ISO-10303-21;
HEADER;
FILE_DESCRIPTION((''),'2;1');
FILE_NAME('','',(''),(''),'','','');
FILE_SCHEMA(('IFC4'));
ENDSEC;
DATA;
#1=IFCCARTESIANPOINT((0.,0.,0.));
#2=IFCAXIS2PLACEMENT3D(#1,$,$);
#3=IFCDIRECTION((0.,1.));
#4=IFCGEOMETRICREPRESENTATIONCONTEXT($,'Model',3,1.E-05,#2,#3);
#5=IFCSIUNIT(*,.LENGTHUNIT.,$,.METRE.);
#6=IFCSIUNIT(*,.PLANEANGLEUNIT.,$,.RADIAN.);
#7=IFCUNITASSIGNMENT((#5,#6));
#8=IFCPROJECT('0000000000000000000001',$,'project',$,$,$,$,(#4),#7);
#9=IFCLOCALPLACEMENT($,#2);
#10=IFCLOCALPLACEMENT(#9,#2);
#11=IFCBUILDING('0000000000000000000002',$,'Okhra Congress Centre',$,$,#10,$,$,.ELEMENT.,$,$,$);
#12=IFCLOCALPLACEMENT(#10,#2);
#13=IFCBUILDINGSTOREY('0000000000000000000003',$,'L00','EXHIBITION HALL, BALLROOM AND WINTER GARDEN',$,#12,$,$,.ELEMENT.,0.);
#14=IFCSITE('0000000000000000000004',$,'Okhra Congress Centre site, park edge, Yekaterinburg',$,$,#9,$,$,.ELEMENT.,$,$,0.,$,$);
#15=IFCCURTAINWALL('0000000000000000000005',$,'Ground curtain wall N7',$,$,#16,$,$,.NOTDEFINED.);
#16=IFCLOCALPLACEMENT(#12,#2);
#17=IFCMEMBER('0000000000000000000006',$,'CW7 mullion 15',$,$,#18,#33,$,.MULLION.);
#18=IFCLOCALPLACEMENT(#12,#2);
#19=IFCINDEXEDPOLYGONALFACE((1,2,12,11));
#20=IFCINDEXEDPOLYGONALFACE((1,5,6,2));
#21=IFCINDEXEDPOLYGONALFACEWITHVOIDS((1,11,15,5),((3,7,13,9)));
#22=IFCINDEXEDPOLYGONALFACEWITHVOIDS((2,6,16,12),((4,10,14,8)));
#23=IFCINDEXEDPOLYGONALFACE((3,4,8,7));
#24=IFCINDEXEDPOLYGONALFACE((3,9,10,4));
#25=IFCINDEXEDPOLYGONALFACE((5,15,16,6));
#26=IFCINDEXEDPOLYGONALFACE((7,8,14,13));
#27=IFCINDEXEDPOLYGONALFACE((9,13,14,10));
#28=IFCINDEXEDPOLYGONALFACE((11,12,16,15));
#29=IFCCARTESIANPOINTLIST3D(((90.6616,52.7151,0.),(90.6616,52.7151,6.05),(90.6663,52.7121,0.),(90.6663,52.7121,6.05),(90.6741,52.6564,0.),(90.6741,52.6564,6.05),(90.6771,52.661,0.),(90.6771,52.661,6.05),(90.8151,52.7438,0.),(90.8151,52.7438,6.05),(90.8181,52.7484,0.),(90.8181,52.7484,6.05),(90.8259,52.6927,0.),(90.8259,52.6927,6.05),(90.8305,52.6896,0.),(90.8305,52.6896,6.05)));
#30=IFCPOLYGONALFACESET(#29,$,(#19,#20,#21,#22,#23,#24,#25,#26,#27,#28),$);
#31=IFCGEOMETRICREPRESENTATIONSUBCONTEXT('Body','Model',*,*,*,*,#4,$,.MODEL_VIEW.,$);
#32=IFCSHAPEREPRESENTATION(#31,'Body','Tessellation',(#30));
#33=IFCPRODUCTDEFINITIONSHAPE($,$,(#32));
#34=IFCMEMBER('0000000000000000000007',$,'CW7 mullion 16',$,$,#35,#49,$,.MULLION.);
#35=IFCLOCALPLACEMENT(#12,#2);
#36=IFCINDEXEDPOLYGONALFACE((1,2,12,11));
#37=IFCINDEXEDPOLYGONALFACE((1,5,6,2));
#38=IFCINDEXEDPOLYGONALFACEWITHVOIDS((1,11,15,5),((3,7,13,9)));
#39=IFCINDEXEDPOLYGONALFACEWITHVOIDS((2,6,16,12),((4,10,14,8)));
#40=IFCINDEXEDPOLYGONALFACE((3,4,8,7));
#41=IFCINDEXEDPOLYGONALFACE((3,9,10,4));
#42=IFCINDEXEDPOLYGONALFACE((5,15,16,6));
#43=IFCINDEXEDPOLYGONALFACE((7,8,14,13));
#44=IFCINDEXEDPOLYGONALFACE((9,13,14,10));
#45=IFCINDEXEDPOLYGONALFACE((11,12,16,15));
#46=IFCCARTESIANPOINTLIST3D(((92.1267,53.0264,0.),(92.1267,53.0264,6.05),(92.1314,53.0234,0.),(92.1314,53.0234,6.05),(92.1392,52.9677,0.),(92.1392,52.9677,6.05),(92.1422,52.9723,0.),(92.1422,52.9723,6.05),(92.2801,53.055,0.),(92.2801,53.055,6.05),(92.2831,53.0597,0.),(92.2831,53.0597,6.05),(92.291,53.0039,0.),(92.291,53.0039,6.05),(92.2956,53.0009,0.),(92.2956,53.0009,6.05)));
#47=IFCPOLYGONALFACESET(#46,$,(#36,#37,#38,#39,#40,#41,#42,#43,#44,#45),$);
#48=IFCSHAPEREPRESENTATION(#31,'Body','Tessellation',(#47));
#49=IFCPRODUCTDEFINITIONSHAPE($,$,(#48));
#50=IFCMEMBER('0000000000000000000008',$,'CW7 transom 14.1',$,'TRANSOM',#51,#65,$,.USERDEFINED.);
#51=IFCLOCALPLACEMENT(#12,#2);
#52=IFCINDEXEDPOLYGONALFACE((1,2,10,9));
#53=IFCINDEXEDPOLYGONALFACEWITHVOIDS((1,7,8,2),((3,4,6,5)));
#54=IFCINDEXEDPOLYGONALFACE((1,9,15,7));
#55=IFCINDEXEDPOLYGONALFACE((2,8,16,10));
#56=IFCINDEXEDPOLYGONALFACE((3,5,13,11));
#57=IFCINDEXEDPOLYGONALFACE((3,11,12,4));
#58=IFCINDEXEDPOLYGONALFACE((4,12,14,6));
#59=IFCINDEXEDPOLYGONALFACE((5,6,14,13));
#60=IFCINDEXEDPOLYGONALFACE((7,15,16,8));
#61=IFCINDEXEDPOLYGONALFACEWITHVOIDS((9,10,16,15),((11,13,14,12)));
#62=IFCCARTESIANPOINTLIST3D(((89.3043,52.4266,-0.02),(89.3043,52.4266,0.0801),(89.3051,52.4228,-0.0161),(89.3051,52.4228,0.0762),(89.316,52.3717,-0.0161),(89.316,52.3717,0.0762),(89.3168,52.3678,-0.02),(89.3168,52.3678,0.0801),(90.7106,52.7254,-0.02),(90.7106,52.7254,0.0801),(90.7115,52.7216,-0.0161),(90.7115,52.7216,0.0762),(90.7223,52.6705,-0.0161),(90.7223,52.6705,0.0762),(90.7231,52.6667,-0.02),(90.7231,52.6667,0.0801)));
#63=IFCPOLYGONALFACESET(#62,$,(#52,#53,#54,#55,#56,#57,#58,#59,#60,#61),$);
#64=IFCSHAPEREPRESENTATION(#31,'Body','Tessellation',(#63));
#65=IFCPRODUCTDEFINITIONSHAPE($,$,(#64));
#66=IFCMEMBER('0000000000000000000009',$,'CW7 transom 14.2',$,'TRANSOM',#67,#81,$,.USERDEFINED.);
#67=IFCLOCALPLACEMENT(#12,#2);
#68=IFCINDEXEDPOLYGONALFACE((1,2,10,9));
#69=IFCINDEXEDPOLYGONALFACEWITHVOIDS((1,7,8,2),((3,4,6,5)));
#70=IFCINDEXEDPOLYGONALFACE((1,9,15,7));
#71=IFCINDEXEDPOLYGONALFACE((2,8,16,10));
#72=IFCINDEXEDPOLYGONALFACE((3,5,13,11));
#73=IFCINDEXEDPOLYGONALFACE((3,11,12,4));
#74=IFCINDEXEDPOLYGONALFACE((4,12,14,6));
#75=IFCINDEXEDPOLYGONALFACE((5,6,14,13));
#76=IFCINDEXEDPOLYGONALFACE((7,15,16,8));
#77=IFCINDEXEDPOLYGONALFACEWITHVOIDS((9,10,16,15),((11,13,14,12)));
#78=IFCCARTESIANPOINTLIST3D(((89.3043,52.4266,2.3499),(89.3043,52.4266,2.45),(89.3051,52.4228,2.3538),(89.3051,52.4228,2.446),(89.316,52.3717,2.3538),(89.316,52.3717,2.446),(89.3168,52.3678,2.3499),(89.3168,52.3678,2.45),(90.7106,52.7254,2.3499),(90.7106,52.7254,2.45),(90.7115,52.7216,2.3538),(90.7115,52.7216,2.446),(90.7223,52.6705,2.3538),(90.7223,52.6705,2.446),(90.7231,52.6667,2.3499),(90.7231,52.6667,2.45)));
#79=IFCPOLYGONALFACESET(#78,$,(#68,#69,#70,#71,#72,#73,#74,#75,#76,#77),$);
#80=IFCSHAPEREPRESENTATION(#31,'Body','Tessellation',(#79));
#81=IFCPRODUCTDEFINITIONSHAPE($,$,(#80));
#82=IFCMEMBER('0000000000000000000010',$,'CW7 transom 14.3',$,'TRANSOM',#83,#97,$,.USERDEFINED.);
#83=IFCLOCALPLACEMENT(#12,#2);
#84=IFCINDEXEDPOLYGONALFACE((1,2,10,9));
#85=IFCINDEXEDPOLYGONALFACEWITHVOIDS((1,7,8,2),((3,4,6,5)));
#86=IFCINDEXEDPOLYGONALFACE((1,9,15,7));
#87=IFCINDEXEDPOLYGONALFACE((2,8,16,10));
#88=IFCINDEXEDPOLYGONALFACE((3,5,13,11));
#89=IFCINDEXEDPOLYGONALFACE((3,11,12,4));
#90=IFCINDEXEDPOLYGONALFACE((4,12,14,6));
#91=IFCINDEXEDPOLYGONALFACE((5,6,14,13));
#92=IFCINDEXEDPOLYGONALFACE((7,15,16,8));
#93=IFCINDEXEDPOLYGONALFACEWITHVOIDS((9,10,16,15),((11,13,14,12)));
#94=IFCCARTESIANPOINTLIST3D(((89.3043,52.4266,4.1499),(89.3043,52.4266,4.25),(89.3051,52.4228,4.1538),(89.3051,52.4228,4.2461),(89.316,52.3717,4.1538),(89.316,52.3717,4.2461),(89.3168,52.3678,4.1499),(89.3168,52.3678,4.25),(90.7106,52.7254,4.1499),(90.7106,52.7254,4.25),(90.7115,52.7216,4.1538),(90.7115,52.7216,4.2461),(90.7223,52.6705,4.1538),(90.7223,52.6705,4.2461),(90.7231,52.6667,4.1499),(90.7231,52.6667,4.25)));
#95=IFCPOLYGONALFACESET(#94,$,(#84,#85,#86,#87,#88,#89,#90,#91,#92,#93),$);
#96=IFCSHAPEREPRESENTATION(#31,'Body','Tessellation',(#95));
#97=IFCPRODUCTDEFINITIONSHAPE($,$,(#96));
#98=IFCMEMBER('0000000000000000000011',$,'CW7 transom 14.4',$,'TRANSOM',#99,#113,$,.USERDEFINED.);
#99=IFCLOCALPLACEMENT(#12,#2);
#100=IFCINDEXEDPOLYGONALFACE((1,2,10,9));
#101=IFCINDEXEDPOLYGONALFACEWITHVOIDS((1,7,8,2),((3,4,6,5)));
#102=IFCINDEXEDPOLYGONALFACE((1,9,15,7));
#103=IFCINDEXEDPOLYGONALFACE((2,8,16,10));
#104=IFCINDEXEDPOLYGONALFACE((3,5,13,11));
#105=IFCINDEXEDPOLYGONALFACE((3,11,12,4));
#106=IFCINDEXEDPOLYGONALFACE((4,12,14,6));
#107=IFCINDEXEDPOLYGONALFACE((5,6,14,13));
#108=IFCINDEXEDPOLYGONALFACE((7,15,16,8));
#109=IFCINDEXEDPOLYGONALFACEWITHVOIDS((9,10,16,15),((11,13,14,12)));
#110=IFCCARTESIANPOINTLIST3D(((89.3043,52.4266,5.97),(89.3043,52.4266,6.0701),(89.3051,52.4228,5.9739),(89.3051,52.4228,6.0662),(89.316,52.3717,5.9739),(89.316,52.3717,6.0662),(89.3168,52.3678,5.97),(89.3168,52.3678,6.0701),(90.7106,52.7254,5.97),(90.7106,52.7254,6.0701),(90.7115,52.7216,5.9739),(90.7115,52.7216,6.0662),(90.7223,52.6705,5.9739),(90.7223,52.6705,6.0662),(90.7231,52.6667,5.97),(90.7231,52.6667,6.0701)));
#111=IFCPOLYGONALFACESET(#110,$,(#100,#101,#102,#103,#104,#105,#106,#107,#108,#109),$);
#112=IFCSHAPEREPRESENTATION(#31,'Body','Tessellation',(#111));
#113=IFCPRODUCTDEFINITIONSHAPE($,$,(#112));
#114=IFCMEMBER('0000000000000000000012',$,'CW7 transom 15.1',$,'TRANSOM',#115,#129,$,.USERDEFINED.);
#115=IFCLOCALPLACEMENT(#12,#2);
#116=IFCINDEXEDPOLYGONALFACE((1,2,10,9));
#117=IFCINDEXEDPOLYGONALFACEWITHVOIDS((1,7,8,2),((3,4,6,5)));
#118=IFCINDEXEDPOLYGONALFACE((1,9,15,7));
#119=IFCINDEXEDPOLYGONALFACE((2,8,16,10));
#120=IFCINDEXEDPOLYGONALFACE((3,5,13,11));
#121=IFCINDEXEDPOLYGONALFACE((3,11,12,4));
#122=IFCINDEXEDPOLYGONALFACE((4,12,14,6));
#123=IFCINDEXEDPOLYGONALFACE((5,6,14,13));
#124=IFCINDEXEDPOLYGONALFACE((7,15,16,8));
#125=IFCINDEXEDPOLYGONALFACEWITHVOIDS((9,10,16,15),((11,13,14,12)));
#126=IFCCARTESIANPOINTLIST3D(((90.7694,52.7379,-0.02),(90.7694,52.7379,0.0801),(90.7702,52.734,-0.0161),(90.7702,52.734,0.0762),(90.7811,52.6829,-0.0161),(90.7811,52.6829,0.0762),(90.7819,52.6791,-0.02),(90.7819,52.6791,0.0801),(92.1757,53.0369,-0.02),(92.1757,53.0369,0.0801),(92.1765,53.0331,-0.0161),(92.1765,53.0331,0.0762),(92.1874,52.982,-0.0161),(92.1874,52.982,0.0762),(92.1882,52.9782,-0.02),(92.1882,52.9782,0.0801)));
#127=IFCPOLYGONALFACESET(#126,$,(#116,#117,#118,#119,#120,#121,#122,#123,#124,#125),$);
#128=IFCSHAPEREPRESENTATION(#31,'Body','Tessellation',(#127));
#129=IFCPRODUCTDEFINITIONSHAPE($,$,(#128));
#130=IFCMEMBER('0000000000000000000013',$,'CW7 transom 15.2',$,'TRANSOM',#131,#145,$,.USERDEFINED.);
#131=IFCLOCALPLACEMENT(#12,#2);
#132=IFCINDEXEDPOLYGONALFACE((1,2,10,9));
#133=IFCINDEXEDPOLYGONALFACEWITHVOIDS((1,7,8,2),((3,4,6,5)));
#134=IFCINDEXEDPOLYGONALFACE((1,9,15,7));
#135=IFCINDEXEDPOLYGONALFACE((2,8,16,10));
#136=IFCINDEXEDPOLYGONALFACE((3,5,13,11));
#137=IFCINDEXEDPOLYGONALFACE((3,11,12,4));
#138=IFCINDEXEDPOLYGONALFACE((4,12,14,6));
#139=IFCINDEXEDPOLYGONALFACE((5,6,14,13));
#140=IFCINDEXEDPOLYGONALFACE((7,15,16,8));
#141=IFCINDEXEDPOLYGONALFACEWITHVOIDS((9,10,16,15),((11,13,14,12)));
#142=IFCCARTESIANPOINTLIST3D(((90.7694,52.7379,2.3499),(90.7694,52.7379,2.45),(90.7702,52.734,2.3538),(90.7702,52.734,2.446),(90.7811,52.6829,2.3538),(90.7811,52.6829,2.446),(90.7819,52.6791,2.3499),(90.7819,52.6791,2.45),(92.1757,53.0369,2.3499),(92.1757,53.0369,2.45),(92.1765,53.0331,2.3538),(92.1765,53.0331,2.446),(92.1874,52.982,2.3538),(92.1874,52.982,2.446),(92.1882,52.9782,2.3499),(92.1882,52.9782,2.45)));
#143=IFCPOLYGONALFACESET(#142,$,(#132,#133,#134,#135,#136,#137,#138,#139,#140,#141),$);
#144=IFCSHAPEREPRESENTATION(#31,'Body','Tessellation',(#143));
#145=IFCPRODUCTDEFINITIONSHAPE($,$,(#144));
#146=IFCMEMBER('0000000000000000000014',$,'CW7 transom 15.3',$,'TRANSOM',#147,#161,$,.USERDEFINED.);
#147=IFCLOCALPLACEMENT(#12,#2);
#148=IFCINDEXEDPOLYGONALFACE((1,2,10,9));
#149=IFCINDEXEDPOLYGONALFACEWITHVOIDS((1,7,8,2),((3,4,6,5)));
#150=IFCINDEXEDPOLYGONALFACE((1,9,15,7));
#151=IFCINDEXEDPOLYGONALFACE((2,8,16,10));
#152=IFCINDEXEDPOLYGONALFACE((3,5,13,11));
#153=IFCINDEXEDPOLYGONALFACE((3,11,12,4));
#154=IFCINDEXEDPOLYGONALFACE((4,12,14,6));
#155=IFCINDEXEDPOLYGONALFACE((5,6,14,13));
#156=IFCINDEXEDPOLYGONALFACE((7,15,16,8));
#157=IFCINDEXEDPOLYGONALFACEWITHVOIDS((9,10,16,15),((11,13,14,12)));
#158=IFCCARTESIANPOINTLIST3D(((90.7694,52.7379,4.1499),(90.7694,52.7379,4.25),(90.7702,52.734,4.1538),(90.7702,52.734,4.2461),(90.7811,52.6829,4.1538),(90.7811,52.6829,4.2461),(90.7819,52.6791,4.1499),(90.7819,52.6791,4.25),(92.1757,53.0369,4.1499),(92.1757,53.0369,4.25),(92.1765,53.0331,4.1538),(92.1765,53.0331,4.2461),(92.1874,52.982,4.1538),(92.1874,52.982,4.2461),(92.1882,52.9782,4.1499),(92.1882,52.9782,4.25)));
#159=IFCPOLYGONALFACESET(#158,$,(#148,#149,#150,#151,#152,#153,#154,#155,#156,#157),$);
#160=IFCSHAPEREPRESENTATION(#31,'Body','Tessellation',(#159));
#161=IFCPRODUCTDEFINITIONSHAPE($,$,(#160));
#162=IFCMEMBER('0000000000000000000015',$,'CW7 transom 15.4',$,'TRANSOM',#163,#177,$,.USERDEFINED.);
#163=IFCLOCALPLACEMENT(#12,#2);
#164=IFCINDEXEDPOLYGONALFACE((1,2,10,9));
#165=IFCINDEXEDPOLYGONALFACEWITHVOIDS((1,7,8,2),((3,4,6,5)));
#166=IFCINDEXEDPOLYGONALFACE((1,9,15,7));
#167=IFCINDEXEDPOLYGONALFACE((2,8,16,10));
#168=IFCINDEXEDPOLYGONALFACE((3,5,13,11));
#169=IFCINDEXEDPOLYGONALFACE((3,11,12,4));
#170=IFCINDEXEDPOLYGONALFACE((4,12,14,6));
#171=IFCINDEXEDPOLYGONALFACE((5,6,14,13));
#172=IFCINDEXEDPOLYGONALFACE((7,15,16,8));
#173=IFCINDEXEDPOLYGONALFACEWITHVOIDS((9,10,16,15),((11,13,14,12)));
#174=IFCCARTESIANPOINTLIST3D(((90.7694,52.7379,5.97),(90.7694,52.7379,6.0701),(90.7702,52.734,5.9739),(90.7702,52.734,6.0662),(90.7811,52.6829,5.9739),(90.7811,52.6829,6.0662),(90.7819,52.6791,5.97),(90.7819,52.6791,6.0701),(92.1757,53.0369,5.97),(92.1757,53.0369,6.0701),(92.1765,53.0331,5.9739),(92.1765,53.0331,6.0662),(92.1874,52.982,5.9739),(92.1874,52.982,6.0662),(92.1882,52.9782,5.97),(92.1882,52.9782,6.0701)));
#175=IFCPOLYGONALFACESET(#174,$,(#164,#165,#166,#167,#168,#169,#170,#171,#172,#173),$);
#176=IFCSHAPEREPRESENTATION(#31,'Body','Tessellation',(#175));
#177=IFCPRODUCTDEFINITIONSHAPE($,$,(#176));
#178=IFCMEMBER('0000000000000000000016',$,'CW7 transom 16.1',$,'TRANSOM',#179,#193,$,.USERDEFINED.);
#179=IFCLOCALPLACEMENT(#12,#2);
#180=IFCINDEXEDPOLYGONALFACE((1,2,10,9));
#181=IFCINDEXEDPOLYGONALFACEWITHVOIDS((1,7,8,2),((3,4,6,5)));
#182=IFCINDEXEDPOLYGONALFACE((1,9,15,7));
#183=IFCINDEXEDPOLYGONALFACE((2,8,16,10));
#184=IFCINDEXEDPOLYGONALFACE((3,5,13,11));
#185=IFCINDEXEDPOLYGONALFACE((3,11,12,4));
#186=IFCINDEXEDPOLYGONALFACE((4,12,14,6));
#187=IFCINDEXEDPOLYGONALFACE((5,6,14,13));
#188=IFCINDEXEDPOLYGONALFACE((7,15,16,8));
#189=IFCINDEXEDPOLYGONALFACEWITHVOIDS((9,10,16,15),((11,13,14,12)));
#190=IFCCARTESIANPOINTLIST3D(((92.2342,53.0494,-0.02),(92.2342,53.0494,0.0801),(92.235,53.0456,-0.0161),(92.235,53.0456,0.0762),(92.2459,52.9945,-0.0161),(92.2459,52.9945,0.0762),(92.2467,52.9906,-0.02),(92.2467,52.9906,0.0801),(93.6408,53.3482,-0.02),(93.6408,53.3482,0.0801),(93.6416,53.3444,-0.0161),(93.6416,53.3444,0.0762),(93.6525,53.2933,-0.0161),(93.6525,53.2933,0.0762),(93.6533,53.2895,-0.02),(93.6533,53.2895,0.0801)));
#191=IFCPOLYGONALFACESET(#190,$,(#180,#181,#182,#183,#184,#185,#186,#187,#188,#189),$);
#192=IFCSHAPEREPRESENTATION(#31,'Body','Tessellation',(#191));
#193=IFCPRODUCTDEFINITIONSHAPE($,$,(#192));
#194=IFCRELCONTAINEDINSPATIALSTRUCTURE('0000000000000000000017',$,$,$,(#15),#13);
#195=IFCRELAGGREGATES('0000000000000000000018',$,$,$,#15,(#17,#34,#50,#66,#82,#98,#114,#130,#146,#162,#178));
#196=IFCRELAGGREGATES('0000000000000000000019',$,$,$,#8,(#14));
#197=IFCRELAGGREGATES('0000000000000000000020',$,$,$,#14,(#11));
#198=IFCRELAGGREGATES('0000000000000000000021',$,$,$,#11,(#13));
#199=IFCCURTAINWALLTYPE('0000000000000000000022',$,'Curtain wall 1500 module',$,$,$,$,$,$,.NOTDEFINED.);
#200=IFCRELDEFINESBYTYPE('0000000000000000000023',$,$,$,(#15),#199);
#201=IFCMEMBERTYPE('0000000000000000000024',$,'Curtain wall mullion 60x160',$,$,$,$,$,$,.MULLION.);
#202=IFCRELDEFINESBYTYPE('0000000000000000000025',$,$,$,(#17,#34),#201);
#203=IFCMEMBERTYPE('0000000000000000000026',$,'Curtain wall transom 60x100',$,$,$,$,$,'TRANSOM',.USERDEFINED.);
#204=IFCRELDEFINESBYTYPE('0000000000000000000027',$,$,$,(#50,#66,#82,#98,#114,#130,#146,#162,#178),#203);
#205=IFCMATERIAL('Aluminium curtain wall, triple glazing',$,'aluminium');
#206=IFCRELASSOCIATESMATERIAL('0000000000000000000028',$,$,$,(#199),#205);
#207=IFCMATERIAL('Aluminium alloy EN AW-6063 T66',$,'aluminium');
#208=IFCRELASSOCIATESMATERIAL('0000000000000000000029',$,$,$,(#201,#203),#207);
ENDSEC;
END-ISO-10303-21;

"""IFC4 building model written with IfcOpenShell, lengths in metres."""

from ifc_helpers import new_model, si_unit, direction, frame, origin, origin_2d, place, context, subcontext, project, spatial, hollow_rectangle, extrude, material, material_profile, profile_set, type_object, element, aggregate, save


model = new_model("IFC4")

# Units and contexts
model_context = context("Model", 3, precision=1e-05, world=origin(), true_north=direction((0.0, 1.0)))
body_context = subcontext(model_context, "Body", "Model", "MODEL_VIEW")
ifc_project = project(units=[si_unit("LENGTHUNIT", "METRE"), si_unit("PLANEANGLEUNIT", "RADIAN")], contexts=[model_context])

# Site, building, storey
site_placement = place(None, origin())
site = spatial("IfcSite", under=ifc_project, at=site_placement, Name="Okhra Congress Centre site, park edge, Yekaterinburg", CompositionType="ELEMENT", RefElevation=0.0)
building_placement = place(site_placement, origin())
building = spatial("IfcBuilding", under=site, at=building_placement, Name="Okhra Congress Centre", CompositionType="ELEMENT")
storey_placement = place(building_placement, origin())
storey = spatial("IfcBuildingStorey", under=building, at=storey_placement, Name="L00", Description="EXHIBITION HALL, BALLROOM AND WINTER GARDEN", CompositionType="ELEMENT", Elevation=0.0)

# Curtain wall, members
ifc_material_1 = material(Name="Aluminium curtain wall, triple glazing", Category="aluminium")
curtain_wall_type = type_object("IfcCurtainWallType", Name="Curtain wall 1500 module", PredefinedType="NOTDEFINED", material=ifc_material_1)
curtain_wall_placement = place(storey_placement, origin())
curtain_wall = element("IfcCurtainWall", 1, at=curtain_wall_placement, inside=storey, type_object=curtain_wall_type, Name="Ground curtain wall N7", PredefinedType="NOTDEFINED")
ifc_material_2 = material(Name="Aluminium alloy EN AW-6063 T66", Category="aluminium")
ifc_material_profile_1 = material_profile(ifc_material_2, hollow_rectangle(XDim=0.0601, YDim=0.1599, WallThickness=0.0039, at=origin_2d()), Name="RHS 60x160x4")
ifc_profile_set_1 = profile_set([ifc_material_profile_1], Name="Aluminium alloy EN AW-6063 T66")
member_type_1 = type_object("IfcMemberType", Name="Curtain wall mullion 60x160", PredefinedType="MULLION", material=ifc_profile_set_1)
member_1_placement = place(storey_placement, frame((90.7461, 52.7024, 0.0), z_axis=(0.0, 0.0, 1.0), x_axis=(-0.207912, 0.978148, 0.0)))
member_1 = element("IfcMember", 2, at=member_1_placement, type_object=member_type_1, Name="CW7 mullion 15", PredefinedType="MULLION", context=body_context, shape_type="SweptSolid", body=[
    extrude(hollow_rectangle(XDim=0.0601, YDim=0.1599, WallThickness=0.0039, at=origin_2d()), origin(), (0.0, 0.0, 1.0), 6.05),
])
member_2_placement = place(storey_placement, frame((92.2112, 53.0137, 0.0), z_axis=(0.0, 0.0, 1.0), x_axis=(-0.207912, 0.978148, 0.0)))
member_2 = element("IfcMember", 3, at=member_2_placement, type_object=member_type_1, Name="CW7 mullion 16", PredefinedType="MULLION", context=body_context, shape_type="SweptSolid", body=[
    extrude(hollow_rectangle(XDim=0.0601, YDim=0.1599, WallThickness=0.0039, at=origin_2d()), origin(), (0.0, 0.0, 1.0), 6.05),
])
ifc_material_profile_2 = material_profile(ifc_material_2, hollow_rectangle(XDim=0.0601, YDim=0.1001, WallThickness=0.0039, at=origin_2d()), Name="RHS 60x100x4")
ifc_profile_set_2 = profile_set([ifc_material_profile_2], Name="Aluminium alloy EN AW-6063 T66")
member_type_2 = type_object("IfcMemberType", Name="Curtain wall transom 60x100", ElementType="TRANSOM", PredefinedType="USERDEFINED", material=ifc_profile_set_2)
member_3_placement = place(storey_placement, frame((89.3105, 52.3972, 0.03), z_axis=(0.978159, 0.207859, 0.0), x_axis=(-0.207859, 0.978159, 0.0)))
member_3 = element("IfcMember", 4, at=member_3_placement, type_object=member_type_2, Name="CW7 transom 14.1", ObjectType="TRANSOM", PredefinedType="USERDEFINED", context=body_context, shape_type="SweptSolid", body=[
    extrude(hollow_rectangle(XDim=0.0601, YDim=0.1001, WallThickness=0.0039, at=origin_2d()), origin(), (0.0, 0.0, 1.0), 1.4377),
])
member_4_placement = place(storey_placement, frame((89.3105, 52.3972, 2.3999), z_axis=(0.978159, 0.207859, 0.0), x_axis=(-0.207859, 0.978159, 0.0)))
member_4 = element("IfcMember", 5, at=member_4_placement, type_object=member_type_2, Name="CW7 transom 14.2", ObjectType="TRANSOM", PredefinedType="USERDEFINED", context=body_context, shape_type="SweptSolid", body=[
    extrude(hollow_rectangle(XDim=0.0601, YDim=0.1001, WallThickness=0.0039, at=origin_2d()), origin(), (0.0, 0.0, 1.0), 1.4377),
])
member_5_placement = place(storey_placement, frame((89.3105, 52.3972, 4.2), z_axis=(0.978159, 0.207859, 0.0), x_axis=(-0.207859, 0.978159, 0.0)))
member_5 = element("IfcMember", 6, at=member_5_placement, type_object=member_type_2, Name="CW7 transom 14.3", ObjectType="TRANSOM", PredefinedType="USERDEFINED", context=body_context, shape_type="SweptSolid", body=[
    extrude(hollow_rectangle(XDim=0.0601, YDim=0.1001, WallThickness=0.0039, at=origin_2d()), origin(), (0.0, 0.0, 1.0), 1.4377),
])
member_6_placement = place(storey_placement, frame((89.3105, 52.3972, 6.02), z_axis=(0.978159, 0.207859, 0.0), x_axis=(-0.207859, 0.978159, 0.0)))
member_6 = element("IfcMember", 7, at=member_6_placement, type_object=member_type_2, Name="CW7 transom 14.4", ObjectType="TRANSOM", PredefinedType="USERDEFINED", context=body_context, shape_type="SweptSolid", body=[
    extrude(hollow_rectangle(XDim=0.0601, YDim=0.1001, WallThickness=0.0039, at=origin_2d()), origin(), (0.0, 0.0, 1.0), 1.4377),
])
member_7_placement = place(storey_placement, frame((90.7756, 52.7085, 0.03), z_axis=(0.978124, 0.208021, 0.0), x_axis=(-0.208021, 0.978124, 0.0)))
member_7 = element("IfcMember", 8, at=member_7_placement, type_object=member_type_2, Name="CW7 transom 15.1", ObjectType="TRANSOM", PredefinedType="USERDEFINED", context=body_context, shape_type="SweptSolid", body=[
    extrude(hollow_rectangle(XDim=0.0601, YDim=0.1001, WallThickness=0.0039, at=origin_2d()), origin(), (0.0, 0.0, 1.0), 1.4377),
])
member_8_placement = place(storey_placement, frame((90.7756, 52.7085, 2.3999), z_axis=(0.978124, 0.208021, 0.0), x_axis=(-0.208021, 0.978124, 0.0)))
member_8 = element("IfcMember", 9, at=member_8_placement, type_object=member_type_2, Name="CW7 transom 15.2", ObjectType="TRANSOM", PredefinedType="USERDEFINED", context=body_context, shape_type="SweptSolid", body=[
    extrude(hollow_rectangle(XDim=0.0601, YDim=0.1001, WallThickness=0.0039, at=origin_2d()), origin(), (0.0, 0.0, 1.0), 1.4377),
])
member_9_placement = place(storey_placement, frame((90.7756, 52.7085, 4.2), z_axis=(0.978124, 0.208021, 0.0), x_axis=(-0.208021, 0.978124, 0.0)))
member_9 = element("IfcMember", 10, at=member_9_placement, type_object=member_type_2, Name="CW7 transom 15.3", ObjectType="TRANSOM", PredefinedType="USERDEFINED", context=body_context, shape_type="SweptSolid", body=[
    extrude(hollow_rectangle(XDim=0.0601, YDim=0.1001, WallThickness=0.0039, at=origin_2d()), origin(), (0.0, 0.0, 1.0), 1.4377),
])
member_10_placement = place(storey_placement, frame((90.7756, 52.7085, 6.02), z_axis=(0.978124, 0.208021, 0.0), x_axis=(-0.208021, 0.978124, 0.0)))
member_10 = element("IfcMember", 11, at=member_10_placement, type_object=member_type_2, Name="CW7 transom 15.4", ObjectType="TRANSOM", PredefinedType="USERDEFINED", context=body_context, shape_type="SweptSolid", body=[
    extrude(hollow_rectangle(XDim=0.0601, YDim=0.1001, WallThickness=0.0039, at=origin_2d()), origin(), (0.0, 0.0, 1.0), 1.4377),
])
member_11_placement = place(storey_placement, frame((92.2405, 53.02, 0.03), z_axis=(0.978166, 0.207824, 0.0), x_axis=(-0.207824, 0.978166, 0.0)))
member_11 = element("IfcMember", 12, at=member_11_placement, type_object=member_type_2, Name="CW7 transom 16.1", ObjectType="TRANSOM", PredefinedType="USERDEFINED", context=body_context, shape_type="SweptSolid", body=[
    extrude(hollow_rectangle(XDim=0.0601, YDim=0.1001, WallThickness=0.0039, at=origin_2d()), origin(), (0.0, 0.0, 1.0), 1.438),
])
aggregate(curtain_wall, [member_1, member_2, member_3, member_4, member_5, member_6, member_7, member_8, member_9, member_10, member_11])

save(model, "model.ifc")
